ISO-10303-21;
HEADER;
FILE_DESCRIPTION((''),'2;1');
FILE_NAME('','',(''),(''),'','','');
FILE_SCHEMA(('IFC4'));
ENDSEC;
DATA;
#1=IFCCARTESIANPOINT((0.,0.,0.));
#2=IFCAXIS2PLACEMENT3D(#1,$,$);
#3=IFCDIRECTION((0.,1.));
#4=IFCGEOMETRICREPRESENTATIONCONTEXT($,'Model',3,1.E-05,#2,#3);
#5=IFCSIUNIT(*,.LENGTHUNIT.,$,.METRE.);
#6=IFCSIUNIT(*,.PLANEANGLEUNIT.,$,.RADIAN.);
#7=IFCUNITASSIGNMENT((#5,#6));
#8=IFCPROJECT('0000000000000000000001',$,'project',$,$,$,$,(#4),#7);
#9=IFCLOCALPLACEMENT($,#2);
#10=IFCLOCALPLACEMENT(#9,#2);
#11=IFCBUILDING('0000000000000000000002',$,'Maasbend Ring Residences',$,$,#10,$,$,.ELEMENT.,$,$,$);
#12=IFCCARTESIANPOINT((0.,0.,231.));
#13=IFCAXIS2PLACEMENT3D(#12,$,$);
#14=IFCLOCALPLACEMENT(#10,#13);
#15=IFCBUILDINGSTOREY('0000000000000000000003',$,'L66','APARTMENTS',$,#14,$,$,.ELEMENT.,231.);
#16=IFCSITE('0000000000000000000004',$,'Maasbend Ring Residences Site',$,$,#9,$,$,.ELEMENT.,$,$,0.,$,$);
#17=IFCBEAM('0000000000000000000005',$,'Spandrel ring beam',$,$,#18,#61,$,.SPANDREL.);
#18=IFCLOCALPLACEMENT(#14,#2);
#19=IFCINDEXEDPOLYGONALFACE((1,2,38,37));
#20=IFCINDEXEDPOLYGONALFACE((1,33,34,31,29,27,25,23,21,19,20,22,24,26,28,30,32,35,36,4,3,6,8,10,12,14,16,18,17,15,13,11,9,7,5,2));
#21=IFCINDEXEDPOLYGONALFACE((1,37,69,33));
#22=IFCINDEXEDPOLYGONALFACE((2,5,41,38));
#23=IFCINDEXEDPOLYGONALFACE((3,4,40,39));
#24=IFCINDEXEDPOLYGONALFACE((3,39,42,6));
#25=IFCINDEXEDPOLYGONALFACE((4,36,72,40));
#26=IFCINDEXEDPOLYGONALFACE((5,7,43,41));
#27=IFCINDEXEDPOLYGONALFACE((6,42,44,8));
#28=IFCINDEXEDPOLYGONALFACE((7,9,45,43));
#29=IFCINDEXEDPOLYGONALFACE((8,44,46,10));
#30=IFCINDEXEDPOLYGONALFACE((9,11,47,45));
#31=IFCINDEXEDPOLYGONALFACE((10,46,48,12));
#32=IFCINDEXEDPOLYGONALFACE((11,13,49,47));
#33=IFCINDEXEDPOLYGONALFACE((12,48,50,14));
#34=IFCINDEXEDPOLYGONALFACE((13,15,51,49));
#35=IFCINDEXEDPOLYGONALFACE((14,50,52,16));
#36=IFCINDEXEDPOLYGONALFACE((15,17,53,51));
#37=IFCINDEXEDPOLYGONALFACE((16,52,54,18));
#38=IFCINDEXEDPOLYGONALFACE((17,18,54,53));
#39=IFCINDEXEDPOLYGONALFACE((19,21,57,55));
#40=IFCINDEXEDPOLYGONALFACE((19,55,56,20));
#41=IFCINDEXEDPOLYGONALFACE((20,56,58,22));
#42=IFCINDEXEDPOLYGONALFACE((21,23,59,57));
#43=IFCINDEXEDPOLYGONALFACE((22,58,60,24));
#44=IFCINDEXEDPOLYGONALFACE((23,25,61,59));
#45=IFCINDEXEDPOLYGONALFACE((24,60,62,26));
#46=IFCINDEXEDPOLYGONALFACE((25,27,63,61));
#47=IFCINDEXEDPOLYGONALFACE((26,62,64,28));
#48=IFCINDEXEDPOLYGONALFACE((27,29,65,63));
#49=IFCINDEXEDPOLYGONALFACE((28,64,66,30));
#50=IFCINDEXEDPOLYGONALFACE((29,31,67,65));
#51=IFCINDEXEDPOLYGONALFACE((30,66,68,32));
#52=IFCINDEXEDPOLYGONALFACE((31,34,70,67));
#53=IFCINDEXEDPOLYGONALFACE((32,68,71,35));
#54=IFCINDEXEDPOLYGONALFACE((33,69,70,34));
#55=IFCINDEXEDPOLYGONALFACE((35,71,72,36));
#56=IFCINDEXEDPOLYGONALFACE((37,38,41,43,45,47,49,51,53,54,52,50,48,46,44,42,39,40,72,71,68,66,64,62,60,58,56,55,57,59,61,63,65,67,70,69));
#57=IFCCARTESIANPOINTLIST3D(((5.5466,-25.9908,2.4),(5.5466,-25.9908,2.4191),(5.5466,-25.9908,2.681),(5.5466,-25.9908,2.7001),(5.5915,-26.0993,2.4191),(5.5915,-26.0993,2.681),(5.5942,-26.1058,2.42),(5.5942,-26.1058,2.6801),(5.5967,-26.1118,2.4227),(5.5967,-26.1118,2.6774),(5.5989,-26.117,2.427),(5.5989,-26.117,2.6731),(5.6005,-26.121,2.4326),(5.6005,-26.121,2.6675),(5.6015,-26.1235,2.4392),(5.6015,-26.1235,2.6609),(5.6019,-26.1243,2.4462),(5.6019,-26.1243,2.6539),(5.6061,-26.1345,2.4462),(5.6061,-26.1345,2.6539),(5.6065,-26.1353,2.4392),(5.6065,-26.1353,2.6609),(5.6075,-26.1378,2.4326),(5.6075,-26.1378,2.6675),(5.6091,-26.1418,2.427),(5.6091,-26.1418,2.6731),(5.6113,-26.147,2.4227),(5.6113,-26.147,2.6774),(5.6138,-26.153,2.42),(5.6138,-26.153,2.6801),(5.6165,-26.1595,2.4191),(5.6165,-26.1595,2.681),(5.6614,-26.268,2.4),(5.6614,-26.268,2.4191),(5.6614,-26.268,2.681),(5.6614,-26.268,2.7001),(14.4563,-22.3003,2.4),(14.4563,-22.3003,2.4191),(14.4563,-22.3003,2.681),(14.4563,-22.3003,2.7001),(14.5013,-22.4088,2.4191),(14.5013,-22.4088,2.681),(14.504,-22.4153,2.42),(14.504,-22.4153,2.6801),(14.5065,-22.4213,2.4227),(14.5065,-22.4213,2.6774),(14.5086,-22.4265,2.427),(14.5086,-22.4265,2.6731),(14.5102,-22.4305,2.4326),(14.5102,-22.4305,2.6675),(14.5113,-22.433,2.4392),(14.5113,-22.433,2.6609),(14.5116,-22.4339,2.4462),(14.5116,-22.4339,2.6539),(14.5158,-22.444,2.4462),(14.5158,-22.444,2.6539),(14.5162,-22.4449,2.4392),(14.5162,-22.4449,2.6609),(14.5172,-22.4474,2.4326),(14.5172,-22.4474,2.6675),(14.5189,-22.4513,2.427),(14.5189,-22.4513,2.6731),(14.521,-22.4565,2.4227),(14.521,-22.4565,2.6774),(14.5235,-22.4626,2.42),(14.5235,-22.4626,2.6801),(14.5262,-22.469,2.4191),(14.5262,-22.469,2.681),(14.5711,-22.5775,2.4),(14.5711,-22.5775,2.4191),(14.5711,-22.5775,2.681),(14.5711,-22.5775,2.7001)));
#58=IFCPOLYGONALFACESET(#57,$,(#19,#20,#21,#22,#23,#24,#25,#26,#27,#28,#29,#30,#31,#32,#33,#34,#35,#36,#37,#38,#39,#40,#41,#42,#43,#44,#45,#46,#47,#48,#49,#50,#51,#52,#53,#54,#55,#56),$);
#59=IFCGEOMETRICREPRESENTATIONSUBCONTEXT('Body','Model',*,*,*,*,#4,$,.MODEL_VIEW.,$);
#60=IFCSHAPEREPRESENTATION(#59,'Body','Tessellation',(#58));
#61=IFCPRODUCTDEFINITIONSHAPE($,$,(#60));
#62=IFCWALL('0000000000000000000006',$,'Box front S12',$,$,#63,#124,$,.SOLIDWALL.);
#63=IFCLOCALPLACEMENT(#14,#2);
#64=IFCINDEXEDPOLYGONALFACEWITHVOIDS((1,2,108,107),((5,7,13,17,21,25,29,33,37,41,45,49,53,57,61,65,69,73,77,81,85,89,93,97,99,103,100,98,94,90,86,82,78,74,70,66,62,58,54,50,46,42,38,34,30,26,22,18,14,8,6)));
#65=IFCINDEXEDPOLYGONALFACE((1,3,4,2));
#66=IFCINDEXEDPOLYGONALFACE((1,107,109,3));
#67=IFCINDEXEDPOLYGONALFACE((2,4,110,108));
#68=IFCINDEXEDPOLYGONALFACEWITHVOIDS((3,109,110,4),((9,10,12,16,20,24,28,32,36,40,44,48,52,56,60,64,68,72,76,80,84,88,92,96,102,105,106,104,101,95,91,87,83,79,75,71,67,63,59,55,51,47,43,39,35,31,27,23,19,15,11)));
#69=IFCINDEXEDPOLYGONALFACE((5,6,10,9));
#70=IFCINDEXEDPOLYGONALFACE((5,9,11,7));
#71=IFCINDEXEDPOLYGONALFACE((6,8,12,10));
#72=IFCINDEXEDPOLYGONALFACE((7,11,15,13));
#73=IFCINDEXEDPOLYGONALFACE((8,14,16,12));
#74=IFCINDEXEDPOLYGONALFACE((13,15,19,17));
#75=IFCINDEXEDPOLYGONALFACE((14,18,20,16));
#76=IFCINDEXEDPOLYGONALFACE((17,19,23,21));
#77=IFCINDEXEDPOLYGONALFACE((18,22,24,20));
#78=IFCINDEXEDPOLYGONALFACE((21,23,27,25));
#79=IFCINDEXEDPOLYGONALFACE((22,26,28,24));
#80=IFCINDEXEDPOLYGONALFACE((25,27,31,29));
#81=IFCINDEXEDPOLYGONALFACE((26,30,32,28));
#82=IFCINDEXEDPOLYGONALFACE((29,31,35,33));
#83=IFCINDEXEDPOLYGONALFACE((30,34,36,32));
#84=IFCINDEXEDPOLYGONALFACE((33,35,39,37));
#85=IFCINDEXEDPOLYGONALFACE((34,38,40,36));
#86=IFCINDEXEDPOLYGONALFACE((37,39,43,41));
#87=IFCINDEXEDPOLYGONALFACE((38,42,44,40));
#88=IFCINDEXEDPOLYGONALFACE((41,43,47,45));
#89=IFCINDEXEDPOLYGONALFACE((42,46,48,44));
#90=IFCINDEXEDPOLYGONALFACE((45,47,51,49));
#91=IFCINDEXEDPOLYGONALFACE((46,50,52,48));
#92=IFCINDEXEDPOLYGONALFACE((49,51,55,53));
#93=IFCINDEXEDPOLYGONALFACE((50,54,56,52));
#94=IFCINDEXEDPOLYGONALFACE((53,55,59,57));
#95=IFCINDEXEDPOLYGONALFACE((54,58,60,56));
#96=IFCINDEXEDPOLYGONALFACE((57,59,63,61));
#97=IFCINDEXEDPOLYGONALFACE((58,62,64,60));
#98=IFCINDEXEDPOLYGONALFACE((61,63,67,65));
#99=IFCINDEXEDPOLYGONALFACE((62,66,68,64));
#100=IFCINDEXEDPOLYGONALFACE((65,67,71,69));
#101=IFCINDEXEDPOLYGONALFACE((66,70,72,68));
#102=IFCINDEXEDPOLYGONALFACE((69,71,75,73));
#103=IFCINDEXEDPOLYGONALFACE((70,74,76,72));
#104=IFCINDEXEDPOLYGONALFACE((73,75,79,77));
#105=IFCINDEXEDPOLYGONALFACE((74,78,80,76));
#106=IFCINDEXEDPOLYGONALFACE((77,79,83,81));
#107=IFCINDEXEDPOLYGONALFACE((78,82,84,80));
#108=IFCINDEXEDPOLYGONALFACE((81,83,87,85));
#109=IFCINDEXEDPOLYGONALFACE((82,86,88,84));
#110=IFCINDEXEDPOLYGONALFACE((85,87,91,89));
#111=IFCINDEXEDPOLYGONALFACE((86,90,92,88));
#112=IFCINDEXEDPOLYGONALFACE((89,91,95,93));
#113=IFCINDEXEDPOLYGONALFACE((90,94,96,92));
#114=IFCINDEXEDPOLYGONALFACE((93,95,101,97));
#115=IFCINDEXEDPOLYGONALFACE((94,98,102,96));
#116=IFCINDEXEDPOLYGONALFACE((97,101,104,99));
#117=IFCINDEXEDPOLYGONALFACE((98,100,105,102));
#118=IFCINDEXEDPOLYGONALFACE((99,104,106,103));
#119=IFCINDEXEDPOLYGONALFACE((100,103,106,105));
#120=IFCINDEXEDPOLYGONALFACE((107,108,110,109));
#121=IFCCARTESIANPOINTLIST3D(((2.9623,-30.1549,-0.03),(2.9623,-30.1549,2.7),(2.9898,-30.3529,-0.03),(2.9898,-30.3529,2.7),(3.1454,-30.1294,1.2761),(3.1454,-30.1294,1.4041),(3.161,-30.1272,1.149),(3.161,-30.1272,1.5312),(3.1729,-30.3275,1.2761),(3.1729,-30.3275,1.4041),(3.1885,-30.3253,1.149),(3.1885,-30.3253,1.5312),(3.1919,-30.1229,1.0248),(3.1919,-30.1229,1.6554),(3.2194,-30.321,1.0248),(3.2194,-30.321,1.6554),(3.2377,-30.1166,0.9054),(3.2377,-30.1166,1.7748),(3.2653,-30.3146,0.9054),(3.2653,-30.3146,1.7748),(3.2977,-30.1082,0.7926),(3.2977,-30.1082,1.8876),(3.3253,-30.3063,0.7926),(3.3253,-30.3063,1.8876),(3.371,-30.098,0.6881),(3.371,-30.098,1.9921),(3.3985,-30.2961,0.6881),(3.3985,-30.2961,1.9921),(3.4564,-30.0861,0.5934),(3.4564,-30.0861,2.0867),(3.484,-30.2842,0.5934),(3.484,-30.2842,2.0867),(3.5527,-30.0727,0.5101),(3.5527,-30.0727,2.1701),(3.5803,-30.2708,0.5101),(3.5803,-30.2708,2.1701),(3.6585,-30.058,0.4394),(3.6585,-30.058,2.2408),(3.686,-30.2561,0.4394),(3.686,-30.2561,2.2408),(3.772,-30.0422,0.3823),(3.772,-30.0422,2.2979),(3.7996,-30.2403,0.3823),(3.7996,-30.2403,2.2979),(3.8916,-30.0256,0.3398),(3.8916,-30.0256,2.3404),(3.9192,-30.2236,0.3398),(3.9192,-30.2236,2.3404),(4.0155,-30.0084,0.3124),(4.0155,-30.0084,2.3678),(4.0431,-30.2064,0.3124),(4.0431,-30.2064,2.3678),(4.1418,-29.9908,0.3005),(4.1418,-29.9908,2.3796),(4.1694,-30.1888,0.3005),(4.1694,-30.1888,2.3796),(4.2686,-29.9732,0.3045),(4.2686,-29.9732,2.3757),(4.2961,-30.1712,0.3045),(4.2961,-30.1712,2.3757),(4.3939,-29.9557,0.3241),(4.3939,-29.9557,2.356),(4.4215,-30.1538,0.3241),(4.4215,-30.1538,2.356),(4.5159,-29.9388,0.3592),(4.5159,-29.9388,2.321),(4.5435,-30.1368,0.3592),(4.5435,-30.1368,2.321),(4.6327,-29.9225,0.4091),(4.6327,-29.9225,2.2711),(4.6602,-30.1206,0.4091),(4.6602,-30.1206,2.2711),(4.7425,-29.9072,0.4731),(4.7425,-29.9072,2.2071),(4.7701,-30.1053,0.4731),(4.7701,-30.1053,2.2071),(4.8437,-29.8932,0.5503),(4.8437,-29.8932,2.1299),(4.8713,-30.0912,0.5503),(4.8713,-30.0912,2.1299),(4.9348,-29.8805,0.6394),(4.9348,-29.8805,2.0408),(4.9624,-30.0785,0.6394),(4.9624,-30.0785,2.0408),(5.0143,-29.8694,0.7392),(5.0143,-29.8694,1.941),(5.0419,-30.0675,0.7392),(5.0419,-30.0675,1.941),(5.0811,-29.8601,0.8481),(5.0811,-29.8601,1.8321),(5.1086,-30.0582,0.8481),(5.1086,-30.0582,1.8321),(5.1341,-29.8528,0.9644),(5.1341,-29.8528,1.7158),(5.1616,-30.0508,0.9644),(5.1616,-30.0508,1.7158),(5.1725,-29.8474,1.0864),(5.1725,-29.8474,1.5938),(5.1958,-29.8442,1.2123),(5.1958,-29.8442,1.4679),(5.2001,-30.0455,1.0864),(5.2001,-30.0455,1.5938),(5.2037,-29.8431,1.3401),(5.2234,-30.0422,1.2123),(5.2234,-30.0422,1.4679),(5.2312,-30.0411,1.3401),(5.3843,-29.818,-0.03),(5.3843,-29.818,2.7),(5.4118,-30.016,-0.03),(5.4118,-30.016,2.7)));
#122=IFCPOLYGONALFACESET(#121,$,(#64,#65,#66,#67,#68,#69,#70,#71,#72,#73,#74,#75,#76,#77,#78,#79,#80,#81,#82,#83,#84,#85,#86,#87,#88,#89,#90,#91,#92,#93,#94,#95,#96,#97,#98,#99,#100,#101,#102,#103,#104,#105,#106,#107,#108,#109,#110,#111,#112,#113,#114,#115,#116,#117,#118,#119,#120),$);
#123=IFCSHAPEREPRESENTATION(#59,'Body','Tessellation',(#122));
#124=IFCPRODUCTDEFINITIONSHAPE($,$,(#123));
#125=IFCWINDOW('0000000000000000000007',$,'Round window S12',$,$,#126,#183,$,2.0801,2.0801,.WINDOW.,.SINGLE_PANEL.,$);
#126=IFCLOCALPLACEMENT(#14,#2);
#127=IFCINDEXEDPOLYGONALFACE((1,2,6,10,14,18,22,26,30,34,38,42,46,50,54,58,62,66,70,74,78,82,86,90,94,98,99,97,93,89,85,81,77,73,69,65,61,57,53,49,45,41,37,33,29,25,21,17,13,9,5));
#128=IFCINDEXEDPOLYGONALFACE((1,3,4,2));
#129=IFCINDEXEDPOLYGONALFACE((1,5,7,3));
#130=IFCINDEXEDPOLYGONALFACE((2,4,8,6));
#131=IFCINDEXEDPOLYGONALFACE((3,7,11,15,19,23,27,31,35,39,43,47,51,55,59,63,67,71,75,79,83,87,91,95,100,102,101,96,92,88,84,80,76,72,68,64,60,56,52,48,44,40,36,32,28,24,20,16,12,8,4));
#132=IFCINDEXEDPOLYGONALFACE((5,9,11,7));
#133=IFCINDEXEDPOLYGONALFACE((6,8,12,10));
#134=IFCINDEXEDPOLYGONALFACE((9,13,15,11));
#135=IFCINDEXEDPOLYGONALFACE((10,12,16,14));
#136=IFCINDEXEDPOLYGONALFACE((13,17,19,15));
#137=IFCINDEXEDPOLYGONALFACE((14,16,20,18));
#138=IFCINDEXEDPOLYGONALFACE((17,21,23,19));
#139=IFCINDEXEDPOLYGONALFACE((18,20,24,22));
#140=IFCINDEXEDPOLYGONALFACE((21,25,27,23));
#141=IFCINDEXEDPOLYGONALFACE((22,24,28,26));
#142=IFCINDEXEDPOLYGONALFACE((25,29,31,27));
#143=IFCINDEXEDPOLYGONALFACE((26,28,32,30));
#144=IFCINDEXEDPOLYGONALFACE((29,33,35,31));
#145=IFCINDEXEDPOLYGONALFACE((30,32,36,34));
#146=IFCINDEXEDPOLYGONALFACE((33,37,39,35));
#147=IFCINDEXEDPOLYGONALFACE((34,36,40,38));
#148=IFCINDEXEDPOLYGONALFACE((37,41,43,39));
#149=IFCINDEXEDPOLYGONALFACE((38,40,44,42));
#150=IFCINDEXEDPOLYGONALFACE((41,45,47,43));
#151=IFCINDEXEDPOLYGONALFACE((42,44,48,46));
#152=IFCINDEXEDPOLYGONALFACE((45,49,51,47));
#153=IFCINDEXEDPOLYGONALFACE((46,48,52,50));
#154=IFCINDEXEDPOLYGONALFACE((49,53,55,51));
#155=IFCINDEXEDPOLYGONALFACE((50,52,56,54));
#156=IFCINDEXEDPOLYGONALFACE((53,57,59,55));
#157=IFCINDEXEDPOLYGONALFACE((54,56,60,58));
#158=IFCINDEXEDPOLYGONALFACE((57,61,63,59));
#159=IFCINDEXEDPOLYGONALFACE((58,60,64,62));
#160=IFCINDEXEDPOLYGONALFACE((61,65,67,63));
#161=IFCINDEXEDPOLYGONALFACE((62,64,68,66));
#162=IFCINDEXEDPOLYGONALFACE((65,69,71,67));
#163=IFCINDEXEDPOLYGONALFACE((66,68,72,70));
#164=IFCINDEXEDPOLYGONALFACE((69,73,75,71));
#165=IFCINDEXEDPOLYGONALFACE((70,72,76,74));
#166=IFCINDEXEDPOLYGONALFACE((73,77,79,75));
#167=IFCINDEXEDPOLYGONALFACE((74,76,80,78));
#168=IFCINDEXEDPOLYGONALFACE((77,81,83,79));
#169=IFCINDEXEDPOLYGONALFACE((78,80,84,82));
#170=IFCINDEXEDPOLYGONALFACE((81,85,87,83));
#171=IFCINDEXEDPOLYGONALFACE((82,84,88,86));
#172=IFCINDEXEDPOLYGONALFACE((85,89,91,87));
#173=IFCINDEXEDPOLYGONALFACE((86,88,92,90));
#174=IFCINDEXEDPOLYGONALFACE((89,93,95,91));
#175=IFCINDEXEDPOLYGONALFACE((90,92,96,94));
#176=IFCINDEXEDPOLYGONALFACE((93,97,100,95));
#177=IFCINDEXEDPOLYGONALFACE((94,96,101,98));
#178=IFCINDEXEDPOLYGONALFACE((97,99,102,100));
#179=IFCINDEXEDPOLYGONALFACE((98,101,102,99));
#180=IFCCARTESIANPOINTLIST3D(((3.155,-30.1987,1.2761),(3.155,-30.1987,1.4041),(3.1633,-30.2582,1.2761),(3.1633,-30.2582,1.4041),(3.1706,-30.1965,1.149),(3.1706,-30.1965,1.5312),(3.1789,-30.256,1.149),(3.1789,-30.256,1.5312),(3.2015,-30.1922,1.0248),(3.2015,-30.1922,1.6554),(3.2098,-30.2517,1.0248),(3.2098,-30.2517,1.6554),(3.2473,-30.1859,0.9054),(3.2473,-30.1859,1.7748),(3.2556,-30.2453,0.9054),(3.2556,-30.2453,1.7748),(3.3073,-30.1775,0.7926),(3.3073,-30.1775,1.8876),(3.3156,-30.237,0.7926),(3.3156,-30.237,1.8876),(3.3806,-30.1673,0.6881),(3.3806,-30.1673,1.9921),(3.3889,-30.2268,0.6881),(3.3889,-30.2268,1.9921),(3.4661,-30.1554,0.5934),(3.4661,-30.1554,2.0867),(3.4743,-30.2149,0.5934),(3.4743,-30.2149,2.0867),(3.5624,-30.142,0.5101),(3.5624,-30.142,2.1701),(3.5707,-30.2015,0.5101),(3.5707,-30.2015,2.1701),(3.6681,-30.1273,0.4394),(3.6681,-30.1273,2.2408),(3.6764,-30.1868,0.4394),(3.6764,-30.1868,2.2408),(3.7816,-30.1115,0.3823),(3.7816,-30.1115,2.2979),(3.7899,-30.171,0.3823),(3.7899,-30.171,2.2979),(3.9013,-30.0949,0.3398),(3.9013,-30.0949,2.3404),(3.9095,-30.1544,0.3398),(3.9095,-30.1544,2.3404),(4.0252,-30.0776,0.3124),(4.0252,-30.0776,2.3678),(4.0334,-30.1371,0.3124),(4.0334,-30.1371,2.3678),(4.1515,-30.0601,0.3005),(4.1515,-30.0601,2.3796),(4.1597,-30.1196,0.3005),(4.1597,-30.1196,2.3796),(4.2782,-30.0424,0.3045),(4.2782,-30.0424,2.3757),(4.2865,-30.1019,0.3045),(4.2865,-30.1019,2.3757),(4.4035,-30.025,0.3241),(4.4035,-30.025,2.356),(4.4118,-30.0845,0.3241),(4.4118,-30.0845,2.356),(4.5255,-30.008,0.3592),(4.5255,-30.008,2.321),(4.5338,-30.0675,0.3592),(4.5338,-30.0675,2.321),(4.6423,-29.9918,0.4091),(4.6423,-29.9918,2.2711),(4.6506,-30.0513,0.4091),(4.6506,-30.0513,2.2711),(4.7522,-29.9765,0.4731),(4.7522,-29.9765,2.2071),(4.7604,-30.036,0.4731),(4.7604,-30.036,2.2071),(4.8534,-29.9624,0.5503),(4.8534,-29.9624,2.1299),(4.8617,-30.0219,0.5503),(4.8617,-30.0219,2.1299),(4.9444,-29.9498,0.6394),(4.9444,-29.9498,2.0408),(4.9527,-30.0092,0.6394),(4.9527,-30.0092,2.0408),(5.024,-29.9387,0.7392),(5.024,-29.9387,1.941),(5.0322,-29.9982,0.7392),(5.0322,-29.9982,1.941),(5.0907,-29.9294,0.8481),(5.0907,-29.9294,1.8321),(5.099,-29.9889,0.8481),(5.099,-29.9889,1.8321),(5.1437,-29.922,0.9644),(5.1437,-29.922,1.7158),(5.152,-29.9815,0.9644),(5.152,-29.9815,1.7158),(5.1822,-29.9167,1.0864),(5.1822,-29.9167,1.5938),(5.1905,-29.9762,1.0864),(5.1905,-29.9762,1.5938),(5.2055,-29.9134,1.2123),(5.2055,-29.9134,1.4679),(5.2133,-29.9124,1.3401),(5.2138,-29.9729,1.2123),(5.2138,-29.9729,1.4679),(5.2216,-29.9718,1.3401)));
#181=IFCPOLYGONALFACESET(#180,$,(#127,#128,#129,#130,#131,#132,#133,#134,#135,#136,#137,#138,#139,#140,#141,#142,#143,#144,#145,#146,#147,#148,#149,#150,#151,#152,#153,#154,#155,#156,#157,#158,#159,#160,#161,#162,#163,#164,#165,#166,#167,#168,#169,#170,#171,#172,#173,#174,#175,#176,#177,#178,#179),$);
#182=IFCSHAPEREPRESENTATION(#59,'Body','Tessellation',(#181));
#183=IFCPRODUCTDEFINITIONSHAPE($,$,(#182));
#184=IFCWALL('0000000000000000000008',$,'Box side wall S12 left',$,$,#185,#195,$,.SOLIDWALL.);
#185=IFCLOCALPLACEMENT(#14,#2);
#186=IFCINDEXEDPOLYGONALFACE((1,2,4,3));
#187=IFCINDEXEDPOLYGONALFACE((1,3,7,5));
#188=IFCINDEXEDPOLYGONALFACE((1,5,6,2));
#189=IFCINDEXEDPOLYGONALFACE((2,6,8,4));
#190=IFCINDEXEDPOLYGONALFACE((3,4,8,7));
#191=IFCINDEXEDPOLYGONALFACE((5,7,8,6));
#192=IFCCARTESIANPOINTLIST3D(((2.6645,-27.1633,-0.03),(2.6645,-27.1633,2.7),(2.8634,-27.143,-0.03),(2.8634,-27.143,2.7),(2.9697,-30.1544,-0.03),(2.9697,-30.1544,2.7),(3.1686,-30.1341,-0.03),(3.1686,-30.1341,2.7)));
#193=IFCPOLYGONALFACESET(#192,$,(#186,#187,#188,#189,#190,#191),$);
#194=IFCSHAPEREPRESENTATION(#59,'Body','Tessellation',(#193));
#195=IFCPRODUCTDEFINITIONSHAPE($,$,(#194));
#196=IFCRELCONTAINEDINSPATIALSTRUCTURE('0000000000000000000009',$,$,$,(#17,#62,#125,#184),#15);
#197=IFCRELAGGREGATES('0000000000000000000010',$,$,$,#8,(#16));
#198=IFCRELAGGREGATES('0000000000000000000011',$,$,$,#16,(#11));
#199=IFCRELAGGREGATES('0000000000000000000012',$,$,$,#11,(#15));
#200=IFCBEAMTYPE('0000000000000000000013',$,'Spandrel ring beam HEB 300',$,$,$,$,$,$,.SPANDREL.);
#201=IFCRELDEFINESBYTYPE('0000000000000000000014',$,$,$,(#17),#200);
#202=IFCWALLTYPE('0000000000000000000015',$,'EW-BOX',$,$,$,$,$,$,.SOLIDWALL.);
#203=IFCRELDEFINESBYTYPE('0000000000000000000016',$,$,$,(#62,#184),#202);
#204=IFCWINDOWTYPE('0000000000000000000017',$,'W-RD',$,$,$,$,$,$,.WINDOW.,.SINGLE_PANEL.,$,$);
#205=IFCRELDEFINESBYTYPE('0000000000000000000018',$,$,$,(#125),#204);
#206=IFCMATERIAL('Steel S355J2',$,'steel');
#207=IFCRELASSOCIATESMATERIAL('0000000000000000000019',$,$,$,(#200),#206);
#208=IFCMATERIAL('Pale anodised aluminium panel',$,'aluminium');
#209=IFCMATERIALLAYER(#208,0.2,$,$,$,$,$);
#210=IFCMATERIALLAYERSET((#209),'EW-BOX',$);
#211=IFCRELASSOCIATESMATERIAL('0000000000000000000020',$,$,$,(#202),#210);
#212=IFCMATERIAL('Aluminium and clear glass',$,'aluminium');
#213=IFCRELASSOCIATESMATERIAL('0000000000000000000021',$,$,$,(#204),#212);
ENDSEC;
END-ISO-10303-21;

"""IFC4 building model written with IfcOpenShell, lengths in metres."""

from ifc_helpers import new_model, si_unit, direction, frame, frame_2d, origin, origin_2d, place, context, subcontext, project, spatial, rectangle, circle, i_section, extrude, material, layer, layer_set, material_profile, profile_set, type_object, element, fill, save


model = new_model("IFC4")

# Units and contexts
model_context = context("Model", 3, precision=1e-05, world=origin(), true_north=direction((0.0, 1.0)))
body_context = subcontext(model_context, "Body", "Model", "MODEL_VIEW")
ifc_project = project(units=[si_unit("LENGTHUNIT", "METRE"), si_unit("PLANEANGLEUNIT", "RADIAN")], contexts=[model_context])

# Site, building, storey
site_placement = place(None, origin())
site = spatial("IfcSite", under=ifc_project, at=site_placement, Name="Maasbend Ring Residences Site", CompositionType="ELEMENT", RefElevation=0.0)
building_placement = place(site_placement, origin())
building = spatial("IfcBuilding", under=site, at=building_placement, Name="Maasbend Ring Residences", CompositionType="ELEMENT")
storey_placement = place(building_placement, frame((0.0, 0.0, 231.0)))
storey = spatial("IfcBuildingStorey", under=building, at=storey_placement, Name="L66", Description="APARTMENTS", CompositionType="ELEMENT", Elevation=231.0)

# Beam
ifc_material_1 = material(Name="Steel S355J2", Category="steel")
ifc_material_profile_1 = material_profile(ifc_material_1, i_section(OverallWidth=0.3, OverallDepth=0.3, WebThickness=0.011, FlangeThickness=0.019, FilletRadius=0.0271, at=origin_2d()), Name="HEB 300")
ifc_profile_set_1 = profile_set([ifc_material_profile_1], Name="Steel S355J2")
beam_type = type_object("IfcBeamType", Name="Spandrel ring beam HEB 300", PredefinedType="SPANDREL", material=ifc_profile_set_1)
beam_placement = place(storey_placement, frame((5.604, -26.1294, 2.55), z_axis=(0.923882, 0.382677, 0.0), x_axis=(-0.382677, 0.923882, 0.0)))
element("IfcBeam", 1, at=beam_placement, inside=storey, type_object=beam_type, Name="Spandrel ring beam", PredefinedType="SPANDREL", context=body_context, shape_type="SweptSolid", body=[
    extrude(i_section(OverallWidth=0.3, OverallDepth=0.3, WebThickness=0.011, FlangeThickness=0.019, FilletRadius=0.0271, at=origin_2d()), origin(), (0.0, 0.0, 1.0), 9.6438),
])

# Wall, opening, window
ifc_material_2 = material(Name="Pale anodised aluminium panel", Category="aluminium")
ifc_layer_1 = layer(ifc_material_2, 0.2)
ifc_layer_set_1 = layer_set([ifc_layer_1], Name="EW-BOX")
wall_type_1 = type_object("IfcWallType", Name="EW-BOX", PredefinedType="SOLIDWALL", material=ifc_layer_set_1)
wall_1_placement = place(storey_placement, frame((2.9761, -30.2539, -0.03), z_axis=(0.0, 0.0, 1.0), x_axis=(0.990462, 0.137786, 0.0)))
wall_1 = element("IfcWall", 2, at=wall_1_placement, inside=storey, type_object=wall_type_1, Name="Box front S12", PredefinedType="SOLIDWALL", context=body_context, shape_type="SweptSolid", body=[
    extrude(rectangle(XDim=2.4453, YDim=0.2, at=frame_2d((1.2227, 0.0))), origin(), (0.0, 0.0, 1.0), 2.73),
])
opening_1_placement = place(wall_1_placement, frame((0.1829, 0.0, 0.3301)))
opening_1 = element("IfcOpeningElement", 3, at=opening_1_placement, cuts=wall_1, PredefinedType="OPENING", context=body_context, shape_type="SweptSolid", body=[
    extrude(circle(Radius=1.04, at=frame_2d((1.04, 1.04))), frame((0.0, 0.1099, 0.0), z_axis=(0.0, -1.0, 0.0), x_axis=(1.0, 0.0, 0.0)), (0.0, 0.0, 1.0), 0.22),
])
ifc_material_3 = material(Name="Aluminium and clear glass", Category="aluminium")
window_type_1 = type_object("IfcWindowType", Name="W-RD", PartitioningType="SINGLE_PANEL", PredefinedType="WINDOW", material=ifc_material_3)
window_1_placement = place(opening_1_placement, origin())
window_1 = element("IfcWindow", 4, at=window_1_placement, inside=storey, type_object=window_type_1, Name="Round window S12", OverallHeight=2.0801, OverallWidth=2.0801, PartitioningType="SINGLE_PANEL", PredefinedType="WINDOW", context=body_context, shape_type="SweptSolid", body=[
    extrude(circle(Radius=1.04, at=frame_2d((1.04, 1.04))), frame((0.0, 0.03, 0.0), z_axis=(0.0, -1.0, 0.0), x_axis=(1.0, 0.0, 0.0)), (0.0, 0.0, 1.0), 0.0601),
])
fill(opening_1, window_1)

# Wall
wall_2_placement = place(storey_placement, frame((2.7639, -27.1531, -0.03), z_axis=(0.0, 0.0, 1.0), x_axis=(0.101505, -0.994835, 0.0)))
element("IfcWall", 5, at=wall_2_placement, inside=storey, type_object=wall_type_1, Name="Box side wall S12 left", PredefinedType="SOLIDWALL", context=body_context, shape_type="SweptSolid", body=[
    extrude(rectangle(XDim=3.0066, YDim=0.2, at=frame_2d((1.5034, 0.0))), origin(), (0.0, 0.0, 1.0), 2.73),
])

save(model, "model.ifc")
